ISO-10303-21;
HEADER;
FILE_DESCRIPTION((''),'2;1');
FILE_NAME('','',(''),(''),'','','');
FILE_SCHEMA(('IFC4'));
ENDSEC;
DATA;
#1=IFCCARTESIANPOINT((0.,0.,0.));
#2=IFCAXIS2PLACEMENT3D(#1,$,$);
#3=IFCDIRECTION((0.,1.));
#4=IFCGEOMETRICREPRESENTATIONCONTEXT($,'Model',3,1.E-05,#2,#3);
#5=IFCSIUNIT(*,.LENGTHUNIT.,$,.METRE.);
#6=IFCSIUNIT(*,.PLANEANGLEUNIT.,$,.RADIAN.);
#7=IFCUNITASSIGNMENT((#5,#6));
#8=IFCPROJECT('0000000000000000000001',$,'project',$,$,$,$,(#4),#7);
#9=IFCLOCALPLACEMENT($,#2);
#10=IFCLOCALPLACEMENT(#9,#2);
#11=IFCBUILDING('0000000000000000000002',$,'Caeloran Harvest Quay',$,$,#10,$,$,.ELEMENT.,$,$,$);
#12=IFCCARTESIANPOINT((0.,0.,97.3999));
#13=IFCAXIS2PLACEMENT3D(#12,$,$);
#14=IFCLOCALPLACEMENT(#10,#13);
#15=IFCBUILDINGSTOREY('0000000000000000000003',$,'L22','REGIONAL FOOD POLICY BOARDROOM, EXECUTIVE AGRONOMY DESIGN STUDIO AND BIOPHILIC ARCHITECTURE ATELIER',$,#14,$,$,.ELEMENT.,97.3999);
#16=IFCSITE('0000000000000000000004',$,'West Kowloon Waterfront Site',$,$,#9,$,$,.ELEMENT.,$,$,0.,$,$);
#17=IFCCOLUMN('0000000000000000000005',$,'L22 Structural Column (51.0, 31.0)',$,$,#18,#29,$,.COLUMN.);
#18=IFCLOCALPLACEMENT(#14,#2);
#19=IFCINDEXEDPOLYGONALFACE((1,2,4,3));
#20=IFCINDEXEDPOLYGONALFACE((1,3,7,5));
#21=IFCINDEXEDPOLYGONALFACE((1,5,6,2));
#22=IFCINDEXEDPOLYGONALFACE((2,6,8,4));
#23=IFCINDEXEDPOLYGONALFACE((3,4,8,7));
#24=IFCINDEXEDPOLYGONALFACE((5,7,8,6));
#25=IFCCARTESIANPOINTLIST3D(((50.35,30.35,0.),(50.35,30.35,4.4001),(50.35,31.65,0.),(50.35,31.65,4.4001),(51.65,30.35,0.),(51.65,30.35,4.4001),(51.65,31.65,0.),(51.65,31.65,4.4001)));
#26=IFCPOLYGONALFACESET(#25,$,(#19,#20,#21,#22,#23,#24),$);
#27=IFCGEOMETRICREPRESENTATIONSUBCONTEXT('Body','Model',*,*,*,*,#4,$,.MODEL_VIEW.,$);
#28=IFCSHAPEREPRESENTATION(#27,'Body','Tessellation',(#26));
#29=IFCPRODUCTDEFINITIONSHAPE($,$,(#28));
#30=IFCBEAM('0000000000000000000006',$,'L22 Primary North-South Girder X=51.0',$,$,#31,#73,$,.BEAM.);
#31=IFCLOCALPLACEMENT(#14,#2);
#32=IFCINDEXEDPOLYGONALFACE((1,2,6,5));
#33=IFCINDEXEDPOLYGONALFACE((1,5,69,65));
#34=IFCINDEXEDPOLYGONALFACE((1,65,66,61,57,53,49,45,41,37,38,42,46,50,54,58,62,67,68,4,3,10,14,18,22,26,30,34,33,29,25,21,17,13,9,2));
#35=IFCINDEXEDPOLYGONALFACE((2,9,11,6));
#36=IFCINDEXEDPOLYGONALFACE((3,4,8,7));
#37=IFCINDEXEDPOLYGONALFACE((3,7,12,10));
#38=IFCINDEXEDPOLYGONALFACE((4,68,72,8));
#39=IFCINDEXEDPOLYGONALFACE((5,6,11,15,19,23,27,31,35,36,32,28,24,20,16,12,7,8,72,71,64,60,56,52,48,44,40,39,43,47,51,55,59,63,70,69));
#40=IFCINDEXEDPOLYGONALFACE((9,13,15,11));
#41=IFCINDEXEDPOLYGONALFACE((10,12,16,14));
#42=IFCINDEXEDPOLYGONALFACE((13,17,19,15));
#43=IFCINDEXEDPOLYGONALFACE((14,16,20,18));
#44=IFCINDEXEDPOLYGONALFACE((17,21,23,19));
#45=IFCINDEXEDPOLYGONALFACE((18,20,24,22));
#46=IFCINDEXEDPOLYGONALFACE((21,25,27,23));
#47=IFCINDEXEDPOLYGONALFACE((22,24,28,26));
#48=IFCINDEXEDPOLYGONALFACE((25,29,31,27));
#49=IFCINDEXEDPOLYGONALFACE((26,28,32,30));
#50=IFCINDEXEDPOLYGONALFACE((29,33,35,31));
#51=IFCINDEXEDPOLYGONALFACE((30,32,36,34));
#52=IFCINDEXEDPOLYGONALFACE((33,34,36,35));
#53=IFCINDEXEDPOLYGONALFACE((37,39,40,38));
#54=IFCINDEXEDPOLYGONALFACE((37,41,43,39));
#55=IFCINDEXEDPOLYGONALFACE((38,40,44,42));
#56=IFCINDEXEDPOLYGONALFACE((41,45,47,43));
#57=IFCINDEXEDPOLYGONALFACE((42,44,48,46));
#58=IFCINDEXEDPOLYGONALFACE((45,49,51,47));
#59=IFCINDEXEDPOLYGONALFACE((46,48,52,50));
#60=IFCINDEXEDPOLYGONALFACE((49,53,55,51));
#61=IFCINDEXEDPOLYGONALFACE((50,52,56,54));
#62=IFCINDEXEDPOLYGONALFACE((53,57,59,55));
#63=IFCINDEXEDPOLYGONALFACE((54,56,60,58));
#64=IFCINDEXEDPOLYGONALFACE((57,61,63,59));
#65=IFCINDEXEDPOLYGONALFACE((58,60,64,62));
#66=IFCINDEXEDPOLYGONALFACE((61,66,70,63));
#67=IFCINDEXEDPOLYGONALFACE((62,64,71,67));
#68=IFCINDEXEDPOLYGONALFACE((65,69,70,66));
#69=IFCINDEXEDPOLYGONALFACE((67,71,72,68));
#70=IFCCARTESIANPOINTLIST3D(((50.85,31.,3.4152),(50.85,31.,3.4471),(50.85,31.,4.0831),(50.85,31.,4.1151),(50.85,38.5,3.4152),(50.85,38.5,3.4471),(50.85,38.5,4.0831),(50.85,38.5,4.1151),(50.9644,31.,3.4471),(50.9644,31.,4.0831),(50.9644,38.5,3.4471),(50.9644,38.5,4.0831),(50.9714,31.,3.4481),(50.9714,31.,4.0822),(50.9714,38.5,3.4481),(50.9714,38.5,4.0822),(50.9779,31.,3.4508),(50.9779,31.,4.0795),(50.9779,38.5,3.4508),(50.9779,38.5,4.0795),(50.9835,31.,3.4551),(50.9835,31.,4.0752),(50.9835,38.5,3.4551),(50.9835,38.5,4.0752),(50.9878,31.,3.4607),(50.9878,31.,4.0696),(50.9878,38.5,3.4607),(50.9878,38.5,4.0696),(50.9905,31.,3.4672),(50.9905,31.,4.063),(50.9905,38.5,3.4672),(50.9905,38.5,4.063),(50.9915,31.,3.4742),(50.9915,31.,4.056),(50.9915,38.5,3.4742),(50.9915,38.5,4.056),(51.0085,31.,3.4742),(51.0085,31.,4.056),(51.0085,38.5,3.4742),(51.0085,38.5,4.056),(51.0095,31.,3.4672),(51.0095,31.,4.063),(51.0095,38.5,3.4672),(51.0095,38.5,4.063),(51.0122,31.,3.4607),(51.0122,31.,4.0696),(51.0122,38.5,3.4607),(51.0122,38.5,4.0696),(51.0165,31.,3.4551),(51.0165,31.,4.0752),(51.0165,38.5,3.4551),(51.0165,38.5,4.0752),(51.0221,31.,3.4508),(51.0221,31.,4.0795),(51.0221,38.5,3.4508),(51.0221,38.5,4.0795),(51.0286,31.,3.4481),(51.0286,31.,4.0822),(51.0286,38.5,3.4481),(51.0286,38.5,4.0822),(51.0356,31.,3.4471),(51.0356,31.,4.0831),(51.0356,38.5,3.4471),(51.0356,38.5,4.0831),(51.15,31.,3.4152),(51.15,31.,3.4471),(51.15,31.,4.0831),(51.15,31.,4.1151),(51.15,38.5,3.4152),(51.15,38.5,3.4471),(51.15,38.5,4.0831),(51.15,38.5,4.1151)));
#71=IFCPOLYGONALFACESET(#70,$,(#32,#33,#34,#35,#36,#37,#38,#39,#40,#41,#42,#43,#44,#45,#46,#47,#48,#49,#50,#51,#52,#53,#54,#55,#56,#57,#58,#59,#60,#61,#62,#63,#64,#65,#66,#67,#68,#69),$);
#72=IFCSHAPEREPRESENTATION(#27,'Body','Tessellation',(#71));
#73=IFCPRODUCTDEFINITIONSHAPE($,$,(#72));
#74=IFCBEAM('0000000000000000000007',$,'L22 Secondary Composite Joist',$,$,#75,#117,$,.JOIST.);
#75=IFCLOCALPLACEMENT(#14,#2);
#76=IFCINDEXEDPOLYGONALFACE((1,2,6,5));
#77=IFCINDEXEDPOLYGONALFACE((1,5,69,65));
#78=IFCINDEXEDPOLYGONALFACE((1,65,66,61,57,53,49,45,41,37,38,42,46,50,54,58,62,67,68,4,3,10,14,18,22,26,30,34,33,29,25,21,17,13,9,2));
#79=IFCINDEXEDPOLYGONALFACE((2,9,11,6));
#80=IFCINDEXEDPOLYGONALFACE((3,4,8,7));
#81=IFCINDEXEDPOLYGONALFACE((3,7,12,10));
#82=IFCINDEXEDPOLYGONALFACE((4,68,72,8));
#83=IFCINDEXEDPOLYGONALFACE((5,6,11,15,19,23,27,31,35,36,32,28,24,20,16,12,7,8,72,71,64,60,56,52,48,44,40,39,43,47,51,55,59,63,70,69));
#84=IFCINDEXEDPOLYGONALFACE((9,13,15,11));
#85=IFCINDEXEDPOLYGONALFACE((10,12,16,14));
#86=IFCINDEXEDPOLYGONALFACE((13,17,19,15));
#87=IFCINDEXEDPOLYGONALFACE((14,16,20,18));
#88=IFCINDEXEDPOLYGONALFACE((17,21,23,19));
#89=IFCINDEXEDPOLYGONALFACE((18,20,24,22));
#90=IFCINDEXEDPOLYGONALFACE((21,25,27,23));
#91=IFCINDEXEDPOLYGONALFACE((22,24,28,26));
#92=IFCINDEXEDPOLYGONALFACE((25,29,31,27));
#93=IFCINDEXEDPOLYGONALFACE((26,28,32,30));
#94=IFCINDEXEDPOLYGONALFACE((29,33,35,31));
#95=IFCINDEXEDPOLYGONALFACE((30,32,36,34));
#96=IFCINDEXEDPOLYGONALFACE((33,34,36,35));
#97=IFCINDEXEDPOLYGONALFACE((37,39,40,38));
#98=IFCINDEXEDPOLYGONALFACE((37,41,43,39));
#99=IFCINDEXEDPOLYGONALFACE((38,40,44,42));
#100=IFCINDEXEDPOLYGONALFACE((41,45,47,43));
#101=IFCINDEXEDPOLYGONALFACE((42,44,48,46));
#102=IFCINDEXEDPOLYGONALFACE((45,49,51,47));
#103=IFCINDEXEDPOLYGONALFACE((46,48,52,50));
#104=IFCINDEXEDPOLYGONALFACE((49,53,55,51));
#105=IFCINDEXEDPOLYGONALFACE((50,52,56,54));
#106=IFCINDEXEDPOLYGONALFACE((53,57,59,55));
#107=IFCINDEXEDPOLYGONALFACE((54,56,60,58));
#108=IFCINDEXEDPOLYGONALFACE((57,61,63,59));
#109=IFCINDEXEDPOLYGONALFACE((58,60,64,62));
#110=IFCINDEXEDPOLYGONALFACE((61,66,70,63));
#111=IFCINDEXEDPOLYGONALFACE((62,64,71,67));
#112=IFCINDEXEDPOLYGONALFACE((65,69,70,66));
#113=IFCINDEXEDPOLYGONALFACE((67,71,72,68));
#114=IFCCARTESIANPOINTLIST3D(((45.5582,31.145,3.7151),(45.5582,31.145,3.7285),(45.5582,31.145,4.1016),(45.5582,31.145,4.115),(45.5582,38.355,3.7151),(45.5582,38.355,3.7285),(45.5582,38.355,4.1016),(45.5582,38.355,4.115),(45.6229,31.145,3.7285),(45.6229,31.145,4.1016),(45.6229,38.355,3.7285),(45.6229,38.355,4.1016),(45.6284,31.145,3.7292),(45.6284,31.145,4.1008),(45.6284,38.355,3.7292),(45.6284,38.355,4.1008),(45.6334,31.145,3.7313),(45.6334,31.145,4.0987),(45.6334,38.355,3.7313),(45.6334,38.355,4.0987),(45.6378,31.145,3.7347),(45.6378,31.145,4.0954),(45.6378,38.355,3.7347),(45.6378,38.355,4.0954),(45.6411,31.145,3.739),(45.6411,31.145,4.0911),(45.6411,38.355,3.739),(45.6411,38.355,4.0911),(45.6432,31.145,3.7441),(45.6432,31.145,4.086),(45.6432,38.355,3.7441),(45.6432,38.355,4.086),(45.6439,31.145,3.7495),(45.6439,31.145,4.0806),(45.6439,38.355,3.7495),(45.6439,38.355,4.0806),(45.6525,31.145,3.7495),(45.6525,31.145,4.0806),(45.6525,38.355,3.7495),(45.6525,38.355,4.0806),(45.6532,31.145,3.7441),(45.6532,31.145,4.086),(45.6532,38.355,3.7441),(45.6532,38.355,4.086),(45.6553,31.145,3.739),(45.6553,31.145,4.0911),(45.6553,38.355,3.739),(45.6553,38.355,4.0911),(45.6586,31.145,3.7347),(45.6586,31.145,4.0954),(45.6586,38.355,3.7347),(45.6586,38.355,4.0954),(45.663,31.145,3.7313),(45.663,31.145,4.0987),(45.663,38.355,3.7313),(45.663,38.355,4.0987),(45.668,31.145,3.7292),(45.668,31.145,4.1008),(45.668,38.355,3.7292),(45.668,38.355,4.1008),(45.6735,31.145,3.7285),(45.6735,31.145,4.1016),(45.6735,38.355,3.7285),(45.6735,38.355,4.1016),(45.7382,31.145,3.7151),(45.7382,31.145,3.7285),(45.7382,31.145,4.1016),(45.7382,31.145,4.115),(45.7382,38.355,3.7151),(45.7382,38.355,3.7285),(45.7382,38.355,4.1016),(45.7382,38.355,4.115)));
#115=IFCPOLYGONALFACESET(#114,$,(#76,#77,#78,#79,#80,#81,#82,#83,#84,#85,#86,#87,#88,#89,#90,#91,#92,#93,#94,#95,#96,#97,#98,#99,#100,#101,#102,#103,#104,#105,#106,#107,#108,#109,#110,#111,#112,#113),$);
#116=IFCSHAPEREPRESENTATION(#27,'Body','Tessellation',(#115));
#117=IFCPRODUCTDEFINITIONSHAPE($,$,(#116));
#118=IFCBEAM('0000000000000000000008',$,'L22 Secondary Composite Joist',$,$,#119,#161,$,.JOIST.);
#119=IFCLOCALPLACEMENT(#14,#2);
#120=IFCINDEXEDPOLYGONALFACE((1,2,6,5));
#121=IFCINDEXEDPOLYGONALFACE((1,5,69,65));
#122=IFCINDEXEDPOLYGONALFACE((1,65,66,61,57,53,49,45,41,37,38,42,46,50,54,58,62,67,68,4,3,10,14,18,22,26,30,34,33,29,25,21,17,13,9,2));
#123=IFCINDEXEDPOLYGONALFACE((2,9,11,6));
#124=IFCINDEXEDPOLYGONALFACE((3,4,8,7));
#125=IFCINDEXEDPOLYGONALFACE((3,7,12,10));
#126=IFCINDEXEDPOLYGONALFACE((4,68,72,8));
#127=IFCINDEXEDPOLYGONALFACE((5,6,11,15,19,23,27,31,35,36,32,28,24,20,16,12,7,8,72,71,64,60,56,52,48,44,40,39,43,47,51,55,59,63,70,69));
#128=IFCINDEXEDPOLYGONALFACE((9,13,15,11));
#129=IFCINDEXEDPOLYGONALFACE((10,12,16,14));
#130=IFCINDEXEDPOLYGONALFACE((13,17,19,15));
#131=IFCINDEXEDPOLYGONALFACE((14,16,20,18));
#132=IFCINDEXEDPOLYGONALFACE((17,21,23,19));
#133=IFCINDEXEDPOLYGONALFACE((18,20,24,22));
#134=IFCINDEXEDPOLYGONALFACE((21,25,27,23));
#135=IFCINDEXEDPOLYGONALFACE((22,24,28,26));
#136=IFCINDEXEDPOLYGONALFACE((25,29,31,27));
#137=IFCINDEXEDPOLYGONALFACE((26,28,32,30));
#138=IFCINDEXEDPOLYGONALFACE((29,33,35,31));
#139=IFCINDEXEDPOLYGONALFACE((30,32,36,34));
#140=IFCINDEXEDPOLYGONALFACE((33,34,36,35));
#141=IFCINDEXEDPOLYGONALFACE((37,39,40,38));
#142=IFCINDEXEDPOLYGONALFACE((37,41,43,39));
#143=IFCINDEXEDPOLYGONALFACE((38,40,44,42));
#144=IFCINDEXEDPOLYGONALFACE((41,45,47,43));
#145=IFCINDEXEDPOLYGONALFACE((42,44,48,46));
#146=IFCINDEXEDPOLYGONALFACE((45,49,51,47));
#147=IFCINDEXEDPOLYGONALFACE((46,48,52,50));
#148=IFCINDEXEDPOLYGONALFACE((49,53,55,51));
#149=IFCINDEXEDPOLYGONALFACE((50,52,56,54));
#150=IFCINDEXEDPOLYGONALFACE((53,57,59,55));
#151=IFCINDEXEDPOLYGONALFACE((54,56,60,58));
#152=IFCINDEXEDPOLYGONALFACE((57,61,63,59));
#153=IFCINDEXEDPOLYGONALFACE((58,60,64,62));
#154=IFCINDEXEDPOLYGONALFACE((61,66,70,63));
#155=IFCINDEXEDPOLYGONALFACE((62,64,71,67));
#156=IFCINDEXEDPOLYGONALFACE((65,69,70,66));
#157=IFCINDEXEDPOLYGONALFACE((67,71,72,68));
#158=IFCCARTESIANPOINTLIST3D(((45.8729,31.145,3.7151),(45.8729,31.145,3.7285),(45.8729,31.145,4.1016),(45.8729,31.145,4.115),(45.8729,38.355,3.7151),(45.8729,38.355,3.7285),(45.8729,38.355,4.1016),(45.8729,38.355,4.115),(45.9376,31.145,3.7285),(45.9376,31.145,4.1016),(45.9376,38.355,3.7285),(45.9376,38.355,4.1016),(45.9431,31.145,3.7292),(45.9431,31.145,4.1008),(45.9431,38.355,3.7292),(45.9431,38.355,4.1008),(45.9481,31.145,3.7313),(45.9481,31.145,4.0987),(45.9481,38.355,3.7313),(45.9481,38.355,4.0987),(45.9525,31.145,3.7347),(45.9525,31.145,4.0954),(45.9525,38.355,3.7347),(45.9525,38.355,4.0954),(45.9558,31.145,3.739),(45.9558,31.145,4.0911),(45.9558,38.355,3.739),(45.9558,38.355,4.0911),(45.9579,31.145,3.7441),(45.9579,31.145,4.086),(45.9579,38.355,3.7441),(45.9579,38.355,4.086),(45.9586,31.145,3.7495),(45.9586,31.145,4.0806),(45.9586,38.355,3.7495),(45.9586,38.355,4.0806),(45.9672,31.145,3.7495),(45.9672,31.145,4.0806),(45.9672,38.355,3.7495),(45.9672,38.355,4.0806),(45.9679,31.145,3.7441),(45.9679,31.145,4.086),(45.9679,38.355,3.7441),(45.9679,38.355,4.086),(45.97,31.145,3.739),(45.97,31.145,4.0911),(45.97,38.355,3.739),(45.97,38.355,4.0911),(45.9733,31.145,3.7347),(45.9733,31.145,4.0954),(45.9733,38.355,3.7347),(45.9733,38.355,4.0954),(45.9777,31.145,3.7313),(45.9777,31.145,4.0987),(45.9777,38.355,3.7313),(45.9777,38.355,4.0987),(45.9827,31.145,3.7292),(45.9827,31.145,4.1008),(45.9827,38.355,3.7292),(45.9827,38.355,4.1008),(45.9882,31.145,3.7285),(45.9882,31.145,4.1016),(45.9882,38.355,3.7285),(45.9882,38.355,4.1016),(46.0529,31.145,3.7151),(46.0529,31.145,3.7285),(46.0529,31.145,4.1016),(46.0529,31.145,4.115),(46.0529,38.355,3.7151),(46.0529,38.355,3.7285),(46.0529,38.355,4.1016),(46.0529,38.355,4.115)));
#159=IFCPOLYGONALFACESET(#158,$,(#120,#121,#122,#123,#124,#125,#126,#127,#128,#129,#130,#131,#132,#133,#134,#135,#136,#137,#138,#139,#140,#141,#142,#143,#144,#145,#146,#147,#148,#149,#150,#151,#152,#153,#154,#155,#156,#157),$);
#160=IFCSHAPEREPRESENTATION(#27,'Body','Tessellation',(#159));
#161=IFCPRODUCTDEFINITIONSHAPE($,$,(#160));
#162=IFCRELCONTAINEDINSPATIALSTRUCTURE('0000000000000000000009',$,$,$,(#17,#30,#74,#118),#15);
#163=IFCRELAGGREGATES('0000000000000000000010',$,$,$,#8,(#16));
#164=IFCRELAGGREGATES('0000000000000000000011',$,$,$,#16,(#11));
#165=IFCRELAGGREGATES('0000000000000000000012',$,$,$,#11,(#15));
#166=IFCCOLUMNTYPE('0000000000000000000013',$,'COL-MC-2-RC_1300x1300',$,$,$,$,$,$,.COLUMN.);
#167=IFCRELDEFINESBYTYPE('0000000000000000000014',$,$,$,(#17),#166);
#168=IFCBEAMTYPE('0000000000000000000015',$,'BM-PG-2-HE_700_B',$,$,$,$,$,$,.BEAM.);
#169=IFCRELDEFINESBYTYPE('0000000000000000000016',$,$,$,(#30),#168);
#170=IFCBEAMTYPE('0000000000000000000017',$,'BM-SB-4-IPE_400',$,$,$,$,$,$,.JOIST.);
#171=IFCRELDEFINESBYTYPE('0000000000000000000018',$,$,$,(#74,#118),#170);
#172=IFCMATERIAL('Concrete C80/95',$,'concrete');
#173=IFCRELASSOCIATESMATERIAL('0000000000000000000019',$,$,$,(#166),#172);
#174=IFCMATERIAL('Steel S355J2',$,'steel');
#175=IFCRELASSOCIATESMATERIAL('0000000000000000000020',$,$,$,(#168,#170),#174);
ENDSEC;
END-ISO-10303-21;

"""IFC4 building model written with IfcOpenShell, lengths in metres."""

from ifc_helpers import new_model, si_unit, direction, frame, origin, origin_2d, place, context, subcontext, project, spatial, rectangle, i_section, extrude, material, material_profile, profile_set, type_object, element, save


model = new_model("IFC4")

# Units and contexts
model_context = context("Model", 3, precision=1e-05, world=origin(), true_north=direction((0.0, 1.0)))
body_context = subcontext(model_context, "Body", "Model", "MODEL_VIEW")
ifc_project = project(units=[si_unit("LENGTHUNIT", "METRE"), si_unit("PLANEANGLEUNIT", "RADIAN")], contexts=[model_context])

# Site, building, storey
site_placement = place(None, origin())
site = spatial("IfcSite", under=ifc_project, at=site_placement, Name="West Kowloon Waterfront Site", CompositionType="ELEMENT", RefElevation=0.0)
building_placement = place(site_placement, origin())
building = spatial("IfcBuilding", under=site, at=building_placement, Name="Caeloran Harvest Quay", CompositionType="ELEMENT")
storey_placement = place(building_placement, frame((0.0, 0.0, 97.3999)))
storey = spatial("IfcBuildingStorey", under=building, at=storey_placement, Name="L22", Description="REGIONAL FOOD POLICY BOARDROOM, EXECUTIVE AGRONOMY DESIGN STUDIO AND BIOPHILIC ARCHITECTURE ATELIER", CompositionType="ELEMENT", Elevation=97.3999)

# Column
ifc_material_1 = material(Name="Concrete C80/95", Category="concrete")
ifc_material_profile_1 = material_profile(ifc_material_1, rectangle(XDim=1.3, YDim=1.3, at=origin_2d()), Name="RC 1300x1300")
ifc_profile_set_1 = profile_set([ifc_material_profile_1], Name="Concrete C80/95")
column_type = type_object("IfcColumnType", Name="COL-MC-2-RC_1300x1300", PredefinedType="COLUMN", material=ifc_profile_set_1)
column_placement = place(storey_placement, frame((51.0, 31.0, 0.0), z_axis=(0.0, 0.0, 1.0), x_axis=(1.0, 0.0, 0.0)))
element("IfcColumn", 1, at=column_placement, inside=storey, type_object=column_type, Name="L22 Structural Column (51.0, 31.0)", PredefinedType="COLUMN", context=body_context, shape_type="SweptSolid", body=[
    extrude(rectangle(XDim=1.3, YDim=1.3, at=origin_2d()), origin(), (0.0, 0.0, 1.0), 4.4001),
])

# Beams
ifc_material_2 = material(Name="Steel S355J2", Category="steel")
ifc_material_profile_2 = material_profile(ifc_material_2, i_section(OverallWidth=0.3, OverallDepth=0.7, WebThickness=0.0171, FlangeThickness=0.032, FilletRadius=0.0271, at=origin_2d()), Name="HE 700 B")
ifc_profile_set_2 = profile_set([ifc_material_profile_2], Name="Steel S355J2")
beam_type_1 = type_object("IfcBeamType", Name="BM-PG-2-HE_700_B", PredefinedType="BEAM", material=ifc_profile_set_2)
beam_placement = place(storey_placement, frame((51.0, 31.0, 3.7651), z_axis=(0.0, 1.0, 0.0), x_axis=(-1.0, 0.0, 0.0)))
element("IfcBeam", 2, at=beam_placement, inside=storey, type_object=beam_type_1, Name="L22 Primary North-South Girder X=51.0", PredefinedType="BEAM", context=body_context, shape_type="SweptSolid", body=[
    extrude(i_section(OverallWidth=0.3, OverallDepth=0.7, WebThickness=0.0171, FlangeThickness=0.032, FilletRadius=0.0271, at=origin_2d()), origin(), (0.0, 0.0, 1.0), 7.5),
])
ifc_material_profile_3 = material_profile(ifc_material_2, i_section(OverallWidth=0.1799, OverallDepth=0.3999, WebThickness=0.0085, FlangeThickness=0.0134, FilletRadius=0.021, at=origin_2d()), Name="IPE 400")
ifc_profile_set_3 = profile_set([ifc_material_profile_3], Name="Steel S355J2")
beam_type_2 = type_object("IfcBeamType", Name="BM-SB-4-IPE_400", PredefinedType="JOIST", material=ifc_profile_set_3)
for number, where, z_axis, x_axis, name in (
    (3, (45.6482, 31.145, 3.915), (0.0, 1.0, 0.0), (-1.0, 0.0, 0.0), "L22 Secondary Composite Joist"),
    (4, (45.9629, 31.145, 3.915), (0.0, 1.0, 0.0), (-1.0, 0.0, 0.0), "L22 Secondary Composite Joist"),
):
    element("IfcBeam", number, at=place(storey_placement, frame(where, z_axis=z_axis, x_axis=x_axis)), inside=storey, type_object=beam_type_2, Name=name, PredefinedType="JOIST", context=body_context, shape_type="SweptSolid", body=[
        extrude(i_section(OverallWidth=0.1799, OverallDepth=0.3999, WebThickness=0.0085, FlangeThickness=0.0134, FilletRadius=0.021, at=origin_2d()), origin(), (0.0, 0.0, 1.0), 7.21),
    ])

save(model, "model.ifc")
